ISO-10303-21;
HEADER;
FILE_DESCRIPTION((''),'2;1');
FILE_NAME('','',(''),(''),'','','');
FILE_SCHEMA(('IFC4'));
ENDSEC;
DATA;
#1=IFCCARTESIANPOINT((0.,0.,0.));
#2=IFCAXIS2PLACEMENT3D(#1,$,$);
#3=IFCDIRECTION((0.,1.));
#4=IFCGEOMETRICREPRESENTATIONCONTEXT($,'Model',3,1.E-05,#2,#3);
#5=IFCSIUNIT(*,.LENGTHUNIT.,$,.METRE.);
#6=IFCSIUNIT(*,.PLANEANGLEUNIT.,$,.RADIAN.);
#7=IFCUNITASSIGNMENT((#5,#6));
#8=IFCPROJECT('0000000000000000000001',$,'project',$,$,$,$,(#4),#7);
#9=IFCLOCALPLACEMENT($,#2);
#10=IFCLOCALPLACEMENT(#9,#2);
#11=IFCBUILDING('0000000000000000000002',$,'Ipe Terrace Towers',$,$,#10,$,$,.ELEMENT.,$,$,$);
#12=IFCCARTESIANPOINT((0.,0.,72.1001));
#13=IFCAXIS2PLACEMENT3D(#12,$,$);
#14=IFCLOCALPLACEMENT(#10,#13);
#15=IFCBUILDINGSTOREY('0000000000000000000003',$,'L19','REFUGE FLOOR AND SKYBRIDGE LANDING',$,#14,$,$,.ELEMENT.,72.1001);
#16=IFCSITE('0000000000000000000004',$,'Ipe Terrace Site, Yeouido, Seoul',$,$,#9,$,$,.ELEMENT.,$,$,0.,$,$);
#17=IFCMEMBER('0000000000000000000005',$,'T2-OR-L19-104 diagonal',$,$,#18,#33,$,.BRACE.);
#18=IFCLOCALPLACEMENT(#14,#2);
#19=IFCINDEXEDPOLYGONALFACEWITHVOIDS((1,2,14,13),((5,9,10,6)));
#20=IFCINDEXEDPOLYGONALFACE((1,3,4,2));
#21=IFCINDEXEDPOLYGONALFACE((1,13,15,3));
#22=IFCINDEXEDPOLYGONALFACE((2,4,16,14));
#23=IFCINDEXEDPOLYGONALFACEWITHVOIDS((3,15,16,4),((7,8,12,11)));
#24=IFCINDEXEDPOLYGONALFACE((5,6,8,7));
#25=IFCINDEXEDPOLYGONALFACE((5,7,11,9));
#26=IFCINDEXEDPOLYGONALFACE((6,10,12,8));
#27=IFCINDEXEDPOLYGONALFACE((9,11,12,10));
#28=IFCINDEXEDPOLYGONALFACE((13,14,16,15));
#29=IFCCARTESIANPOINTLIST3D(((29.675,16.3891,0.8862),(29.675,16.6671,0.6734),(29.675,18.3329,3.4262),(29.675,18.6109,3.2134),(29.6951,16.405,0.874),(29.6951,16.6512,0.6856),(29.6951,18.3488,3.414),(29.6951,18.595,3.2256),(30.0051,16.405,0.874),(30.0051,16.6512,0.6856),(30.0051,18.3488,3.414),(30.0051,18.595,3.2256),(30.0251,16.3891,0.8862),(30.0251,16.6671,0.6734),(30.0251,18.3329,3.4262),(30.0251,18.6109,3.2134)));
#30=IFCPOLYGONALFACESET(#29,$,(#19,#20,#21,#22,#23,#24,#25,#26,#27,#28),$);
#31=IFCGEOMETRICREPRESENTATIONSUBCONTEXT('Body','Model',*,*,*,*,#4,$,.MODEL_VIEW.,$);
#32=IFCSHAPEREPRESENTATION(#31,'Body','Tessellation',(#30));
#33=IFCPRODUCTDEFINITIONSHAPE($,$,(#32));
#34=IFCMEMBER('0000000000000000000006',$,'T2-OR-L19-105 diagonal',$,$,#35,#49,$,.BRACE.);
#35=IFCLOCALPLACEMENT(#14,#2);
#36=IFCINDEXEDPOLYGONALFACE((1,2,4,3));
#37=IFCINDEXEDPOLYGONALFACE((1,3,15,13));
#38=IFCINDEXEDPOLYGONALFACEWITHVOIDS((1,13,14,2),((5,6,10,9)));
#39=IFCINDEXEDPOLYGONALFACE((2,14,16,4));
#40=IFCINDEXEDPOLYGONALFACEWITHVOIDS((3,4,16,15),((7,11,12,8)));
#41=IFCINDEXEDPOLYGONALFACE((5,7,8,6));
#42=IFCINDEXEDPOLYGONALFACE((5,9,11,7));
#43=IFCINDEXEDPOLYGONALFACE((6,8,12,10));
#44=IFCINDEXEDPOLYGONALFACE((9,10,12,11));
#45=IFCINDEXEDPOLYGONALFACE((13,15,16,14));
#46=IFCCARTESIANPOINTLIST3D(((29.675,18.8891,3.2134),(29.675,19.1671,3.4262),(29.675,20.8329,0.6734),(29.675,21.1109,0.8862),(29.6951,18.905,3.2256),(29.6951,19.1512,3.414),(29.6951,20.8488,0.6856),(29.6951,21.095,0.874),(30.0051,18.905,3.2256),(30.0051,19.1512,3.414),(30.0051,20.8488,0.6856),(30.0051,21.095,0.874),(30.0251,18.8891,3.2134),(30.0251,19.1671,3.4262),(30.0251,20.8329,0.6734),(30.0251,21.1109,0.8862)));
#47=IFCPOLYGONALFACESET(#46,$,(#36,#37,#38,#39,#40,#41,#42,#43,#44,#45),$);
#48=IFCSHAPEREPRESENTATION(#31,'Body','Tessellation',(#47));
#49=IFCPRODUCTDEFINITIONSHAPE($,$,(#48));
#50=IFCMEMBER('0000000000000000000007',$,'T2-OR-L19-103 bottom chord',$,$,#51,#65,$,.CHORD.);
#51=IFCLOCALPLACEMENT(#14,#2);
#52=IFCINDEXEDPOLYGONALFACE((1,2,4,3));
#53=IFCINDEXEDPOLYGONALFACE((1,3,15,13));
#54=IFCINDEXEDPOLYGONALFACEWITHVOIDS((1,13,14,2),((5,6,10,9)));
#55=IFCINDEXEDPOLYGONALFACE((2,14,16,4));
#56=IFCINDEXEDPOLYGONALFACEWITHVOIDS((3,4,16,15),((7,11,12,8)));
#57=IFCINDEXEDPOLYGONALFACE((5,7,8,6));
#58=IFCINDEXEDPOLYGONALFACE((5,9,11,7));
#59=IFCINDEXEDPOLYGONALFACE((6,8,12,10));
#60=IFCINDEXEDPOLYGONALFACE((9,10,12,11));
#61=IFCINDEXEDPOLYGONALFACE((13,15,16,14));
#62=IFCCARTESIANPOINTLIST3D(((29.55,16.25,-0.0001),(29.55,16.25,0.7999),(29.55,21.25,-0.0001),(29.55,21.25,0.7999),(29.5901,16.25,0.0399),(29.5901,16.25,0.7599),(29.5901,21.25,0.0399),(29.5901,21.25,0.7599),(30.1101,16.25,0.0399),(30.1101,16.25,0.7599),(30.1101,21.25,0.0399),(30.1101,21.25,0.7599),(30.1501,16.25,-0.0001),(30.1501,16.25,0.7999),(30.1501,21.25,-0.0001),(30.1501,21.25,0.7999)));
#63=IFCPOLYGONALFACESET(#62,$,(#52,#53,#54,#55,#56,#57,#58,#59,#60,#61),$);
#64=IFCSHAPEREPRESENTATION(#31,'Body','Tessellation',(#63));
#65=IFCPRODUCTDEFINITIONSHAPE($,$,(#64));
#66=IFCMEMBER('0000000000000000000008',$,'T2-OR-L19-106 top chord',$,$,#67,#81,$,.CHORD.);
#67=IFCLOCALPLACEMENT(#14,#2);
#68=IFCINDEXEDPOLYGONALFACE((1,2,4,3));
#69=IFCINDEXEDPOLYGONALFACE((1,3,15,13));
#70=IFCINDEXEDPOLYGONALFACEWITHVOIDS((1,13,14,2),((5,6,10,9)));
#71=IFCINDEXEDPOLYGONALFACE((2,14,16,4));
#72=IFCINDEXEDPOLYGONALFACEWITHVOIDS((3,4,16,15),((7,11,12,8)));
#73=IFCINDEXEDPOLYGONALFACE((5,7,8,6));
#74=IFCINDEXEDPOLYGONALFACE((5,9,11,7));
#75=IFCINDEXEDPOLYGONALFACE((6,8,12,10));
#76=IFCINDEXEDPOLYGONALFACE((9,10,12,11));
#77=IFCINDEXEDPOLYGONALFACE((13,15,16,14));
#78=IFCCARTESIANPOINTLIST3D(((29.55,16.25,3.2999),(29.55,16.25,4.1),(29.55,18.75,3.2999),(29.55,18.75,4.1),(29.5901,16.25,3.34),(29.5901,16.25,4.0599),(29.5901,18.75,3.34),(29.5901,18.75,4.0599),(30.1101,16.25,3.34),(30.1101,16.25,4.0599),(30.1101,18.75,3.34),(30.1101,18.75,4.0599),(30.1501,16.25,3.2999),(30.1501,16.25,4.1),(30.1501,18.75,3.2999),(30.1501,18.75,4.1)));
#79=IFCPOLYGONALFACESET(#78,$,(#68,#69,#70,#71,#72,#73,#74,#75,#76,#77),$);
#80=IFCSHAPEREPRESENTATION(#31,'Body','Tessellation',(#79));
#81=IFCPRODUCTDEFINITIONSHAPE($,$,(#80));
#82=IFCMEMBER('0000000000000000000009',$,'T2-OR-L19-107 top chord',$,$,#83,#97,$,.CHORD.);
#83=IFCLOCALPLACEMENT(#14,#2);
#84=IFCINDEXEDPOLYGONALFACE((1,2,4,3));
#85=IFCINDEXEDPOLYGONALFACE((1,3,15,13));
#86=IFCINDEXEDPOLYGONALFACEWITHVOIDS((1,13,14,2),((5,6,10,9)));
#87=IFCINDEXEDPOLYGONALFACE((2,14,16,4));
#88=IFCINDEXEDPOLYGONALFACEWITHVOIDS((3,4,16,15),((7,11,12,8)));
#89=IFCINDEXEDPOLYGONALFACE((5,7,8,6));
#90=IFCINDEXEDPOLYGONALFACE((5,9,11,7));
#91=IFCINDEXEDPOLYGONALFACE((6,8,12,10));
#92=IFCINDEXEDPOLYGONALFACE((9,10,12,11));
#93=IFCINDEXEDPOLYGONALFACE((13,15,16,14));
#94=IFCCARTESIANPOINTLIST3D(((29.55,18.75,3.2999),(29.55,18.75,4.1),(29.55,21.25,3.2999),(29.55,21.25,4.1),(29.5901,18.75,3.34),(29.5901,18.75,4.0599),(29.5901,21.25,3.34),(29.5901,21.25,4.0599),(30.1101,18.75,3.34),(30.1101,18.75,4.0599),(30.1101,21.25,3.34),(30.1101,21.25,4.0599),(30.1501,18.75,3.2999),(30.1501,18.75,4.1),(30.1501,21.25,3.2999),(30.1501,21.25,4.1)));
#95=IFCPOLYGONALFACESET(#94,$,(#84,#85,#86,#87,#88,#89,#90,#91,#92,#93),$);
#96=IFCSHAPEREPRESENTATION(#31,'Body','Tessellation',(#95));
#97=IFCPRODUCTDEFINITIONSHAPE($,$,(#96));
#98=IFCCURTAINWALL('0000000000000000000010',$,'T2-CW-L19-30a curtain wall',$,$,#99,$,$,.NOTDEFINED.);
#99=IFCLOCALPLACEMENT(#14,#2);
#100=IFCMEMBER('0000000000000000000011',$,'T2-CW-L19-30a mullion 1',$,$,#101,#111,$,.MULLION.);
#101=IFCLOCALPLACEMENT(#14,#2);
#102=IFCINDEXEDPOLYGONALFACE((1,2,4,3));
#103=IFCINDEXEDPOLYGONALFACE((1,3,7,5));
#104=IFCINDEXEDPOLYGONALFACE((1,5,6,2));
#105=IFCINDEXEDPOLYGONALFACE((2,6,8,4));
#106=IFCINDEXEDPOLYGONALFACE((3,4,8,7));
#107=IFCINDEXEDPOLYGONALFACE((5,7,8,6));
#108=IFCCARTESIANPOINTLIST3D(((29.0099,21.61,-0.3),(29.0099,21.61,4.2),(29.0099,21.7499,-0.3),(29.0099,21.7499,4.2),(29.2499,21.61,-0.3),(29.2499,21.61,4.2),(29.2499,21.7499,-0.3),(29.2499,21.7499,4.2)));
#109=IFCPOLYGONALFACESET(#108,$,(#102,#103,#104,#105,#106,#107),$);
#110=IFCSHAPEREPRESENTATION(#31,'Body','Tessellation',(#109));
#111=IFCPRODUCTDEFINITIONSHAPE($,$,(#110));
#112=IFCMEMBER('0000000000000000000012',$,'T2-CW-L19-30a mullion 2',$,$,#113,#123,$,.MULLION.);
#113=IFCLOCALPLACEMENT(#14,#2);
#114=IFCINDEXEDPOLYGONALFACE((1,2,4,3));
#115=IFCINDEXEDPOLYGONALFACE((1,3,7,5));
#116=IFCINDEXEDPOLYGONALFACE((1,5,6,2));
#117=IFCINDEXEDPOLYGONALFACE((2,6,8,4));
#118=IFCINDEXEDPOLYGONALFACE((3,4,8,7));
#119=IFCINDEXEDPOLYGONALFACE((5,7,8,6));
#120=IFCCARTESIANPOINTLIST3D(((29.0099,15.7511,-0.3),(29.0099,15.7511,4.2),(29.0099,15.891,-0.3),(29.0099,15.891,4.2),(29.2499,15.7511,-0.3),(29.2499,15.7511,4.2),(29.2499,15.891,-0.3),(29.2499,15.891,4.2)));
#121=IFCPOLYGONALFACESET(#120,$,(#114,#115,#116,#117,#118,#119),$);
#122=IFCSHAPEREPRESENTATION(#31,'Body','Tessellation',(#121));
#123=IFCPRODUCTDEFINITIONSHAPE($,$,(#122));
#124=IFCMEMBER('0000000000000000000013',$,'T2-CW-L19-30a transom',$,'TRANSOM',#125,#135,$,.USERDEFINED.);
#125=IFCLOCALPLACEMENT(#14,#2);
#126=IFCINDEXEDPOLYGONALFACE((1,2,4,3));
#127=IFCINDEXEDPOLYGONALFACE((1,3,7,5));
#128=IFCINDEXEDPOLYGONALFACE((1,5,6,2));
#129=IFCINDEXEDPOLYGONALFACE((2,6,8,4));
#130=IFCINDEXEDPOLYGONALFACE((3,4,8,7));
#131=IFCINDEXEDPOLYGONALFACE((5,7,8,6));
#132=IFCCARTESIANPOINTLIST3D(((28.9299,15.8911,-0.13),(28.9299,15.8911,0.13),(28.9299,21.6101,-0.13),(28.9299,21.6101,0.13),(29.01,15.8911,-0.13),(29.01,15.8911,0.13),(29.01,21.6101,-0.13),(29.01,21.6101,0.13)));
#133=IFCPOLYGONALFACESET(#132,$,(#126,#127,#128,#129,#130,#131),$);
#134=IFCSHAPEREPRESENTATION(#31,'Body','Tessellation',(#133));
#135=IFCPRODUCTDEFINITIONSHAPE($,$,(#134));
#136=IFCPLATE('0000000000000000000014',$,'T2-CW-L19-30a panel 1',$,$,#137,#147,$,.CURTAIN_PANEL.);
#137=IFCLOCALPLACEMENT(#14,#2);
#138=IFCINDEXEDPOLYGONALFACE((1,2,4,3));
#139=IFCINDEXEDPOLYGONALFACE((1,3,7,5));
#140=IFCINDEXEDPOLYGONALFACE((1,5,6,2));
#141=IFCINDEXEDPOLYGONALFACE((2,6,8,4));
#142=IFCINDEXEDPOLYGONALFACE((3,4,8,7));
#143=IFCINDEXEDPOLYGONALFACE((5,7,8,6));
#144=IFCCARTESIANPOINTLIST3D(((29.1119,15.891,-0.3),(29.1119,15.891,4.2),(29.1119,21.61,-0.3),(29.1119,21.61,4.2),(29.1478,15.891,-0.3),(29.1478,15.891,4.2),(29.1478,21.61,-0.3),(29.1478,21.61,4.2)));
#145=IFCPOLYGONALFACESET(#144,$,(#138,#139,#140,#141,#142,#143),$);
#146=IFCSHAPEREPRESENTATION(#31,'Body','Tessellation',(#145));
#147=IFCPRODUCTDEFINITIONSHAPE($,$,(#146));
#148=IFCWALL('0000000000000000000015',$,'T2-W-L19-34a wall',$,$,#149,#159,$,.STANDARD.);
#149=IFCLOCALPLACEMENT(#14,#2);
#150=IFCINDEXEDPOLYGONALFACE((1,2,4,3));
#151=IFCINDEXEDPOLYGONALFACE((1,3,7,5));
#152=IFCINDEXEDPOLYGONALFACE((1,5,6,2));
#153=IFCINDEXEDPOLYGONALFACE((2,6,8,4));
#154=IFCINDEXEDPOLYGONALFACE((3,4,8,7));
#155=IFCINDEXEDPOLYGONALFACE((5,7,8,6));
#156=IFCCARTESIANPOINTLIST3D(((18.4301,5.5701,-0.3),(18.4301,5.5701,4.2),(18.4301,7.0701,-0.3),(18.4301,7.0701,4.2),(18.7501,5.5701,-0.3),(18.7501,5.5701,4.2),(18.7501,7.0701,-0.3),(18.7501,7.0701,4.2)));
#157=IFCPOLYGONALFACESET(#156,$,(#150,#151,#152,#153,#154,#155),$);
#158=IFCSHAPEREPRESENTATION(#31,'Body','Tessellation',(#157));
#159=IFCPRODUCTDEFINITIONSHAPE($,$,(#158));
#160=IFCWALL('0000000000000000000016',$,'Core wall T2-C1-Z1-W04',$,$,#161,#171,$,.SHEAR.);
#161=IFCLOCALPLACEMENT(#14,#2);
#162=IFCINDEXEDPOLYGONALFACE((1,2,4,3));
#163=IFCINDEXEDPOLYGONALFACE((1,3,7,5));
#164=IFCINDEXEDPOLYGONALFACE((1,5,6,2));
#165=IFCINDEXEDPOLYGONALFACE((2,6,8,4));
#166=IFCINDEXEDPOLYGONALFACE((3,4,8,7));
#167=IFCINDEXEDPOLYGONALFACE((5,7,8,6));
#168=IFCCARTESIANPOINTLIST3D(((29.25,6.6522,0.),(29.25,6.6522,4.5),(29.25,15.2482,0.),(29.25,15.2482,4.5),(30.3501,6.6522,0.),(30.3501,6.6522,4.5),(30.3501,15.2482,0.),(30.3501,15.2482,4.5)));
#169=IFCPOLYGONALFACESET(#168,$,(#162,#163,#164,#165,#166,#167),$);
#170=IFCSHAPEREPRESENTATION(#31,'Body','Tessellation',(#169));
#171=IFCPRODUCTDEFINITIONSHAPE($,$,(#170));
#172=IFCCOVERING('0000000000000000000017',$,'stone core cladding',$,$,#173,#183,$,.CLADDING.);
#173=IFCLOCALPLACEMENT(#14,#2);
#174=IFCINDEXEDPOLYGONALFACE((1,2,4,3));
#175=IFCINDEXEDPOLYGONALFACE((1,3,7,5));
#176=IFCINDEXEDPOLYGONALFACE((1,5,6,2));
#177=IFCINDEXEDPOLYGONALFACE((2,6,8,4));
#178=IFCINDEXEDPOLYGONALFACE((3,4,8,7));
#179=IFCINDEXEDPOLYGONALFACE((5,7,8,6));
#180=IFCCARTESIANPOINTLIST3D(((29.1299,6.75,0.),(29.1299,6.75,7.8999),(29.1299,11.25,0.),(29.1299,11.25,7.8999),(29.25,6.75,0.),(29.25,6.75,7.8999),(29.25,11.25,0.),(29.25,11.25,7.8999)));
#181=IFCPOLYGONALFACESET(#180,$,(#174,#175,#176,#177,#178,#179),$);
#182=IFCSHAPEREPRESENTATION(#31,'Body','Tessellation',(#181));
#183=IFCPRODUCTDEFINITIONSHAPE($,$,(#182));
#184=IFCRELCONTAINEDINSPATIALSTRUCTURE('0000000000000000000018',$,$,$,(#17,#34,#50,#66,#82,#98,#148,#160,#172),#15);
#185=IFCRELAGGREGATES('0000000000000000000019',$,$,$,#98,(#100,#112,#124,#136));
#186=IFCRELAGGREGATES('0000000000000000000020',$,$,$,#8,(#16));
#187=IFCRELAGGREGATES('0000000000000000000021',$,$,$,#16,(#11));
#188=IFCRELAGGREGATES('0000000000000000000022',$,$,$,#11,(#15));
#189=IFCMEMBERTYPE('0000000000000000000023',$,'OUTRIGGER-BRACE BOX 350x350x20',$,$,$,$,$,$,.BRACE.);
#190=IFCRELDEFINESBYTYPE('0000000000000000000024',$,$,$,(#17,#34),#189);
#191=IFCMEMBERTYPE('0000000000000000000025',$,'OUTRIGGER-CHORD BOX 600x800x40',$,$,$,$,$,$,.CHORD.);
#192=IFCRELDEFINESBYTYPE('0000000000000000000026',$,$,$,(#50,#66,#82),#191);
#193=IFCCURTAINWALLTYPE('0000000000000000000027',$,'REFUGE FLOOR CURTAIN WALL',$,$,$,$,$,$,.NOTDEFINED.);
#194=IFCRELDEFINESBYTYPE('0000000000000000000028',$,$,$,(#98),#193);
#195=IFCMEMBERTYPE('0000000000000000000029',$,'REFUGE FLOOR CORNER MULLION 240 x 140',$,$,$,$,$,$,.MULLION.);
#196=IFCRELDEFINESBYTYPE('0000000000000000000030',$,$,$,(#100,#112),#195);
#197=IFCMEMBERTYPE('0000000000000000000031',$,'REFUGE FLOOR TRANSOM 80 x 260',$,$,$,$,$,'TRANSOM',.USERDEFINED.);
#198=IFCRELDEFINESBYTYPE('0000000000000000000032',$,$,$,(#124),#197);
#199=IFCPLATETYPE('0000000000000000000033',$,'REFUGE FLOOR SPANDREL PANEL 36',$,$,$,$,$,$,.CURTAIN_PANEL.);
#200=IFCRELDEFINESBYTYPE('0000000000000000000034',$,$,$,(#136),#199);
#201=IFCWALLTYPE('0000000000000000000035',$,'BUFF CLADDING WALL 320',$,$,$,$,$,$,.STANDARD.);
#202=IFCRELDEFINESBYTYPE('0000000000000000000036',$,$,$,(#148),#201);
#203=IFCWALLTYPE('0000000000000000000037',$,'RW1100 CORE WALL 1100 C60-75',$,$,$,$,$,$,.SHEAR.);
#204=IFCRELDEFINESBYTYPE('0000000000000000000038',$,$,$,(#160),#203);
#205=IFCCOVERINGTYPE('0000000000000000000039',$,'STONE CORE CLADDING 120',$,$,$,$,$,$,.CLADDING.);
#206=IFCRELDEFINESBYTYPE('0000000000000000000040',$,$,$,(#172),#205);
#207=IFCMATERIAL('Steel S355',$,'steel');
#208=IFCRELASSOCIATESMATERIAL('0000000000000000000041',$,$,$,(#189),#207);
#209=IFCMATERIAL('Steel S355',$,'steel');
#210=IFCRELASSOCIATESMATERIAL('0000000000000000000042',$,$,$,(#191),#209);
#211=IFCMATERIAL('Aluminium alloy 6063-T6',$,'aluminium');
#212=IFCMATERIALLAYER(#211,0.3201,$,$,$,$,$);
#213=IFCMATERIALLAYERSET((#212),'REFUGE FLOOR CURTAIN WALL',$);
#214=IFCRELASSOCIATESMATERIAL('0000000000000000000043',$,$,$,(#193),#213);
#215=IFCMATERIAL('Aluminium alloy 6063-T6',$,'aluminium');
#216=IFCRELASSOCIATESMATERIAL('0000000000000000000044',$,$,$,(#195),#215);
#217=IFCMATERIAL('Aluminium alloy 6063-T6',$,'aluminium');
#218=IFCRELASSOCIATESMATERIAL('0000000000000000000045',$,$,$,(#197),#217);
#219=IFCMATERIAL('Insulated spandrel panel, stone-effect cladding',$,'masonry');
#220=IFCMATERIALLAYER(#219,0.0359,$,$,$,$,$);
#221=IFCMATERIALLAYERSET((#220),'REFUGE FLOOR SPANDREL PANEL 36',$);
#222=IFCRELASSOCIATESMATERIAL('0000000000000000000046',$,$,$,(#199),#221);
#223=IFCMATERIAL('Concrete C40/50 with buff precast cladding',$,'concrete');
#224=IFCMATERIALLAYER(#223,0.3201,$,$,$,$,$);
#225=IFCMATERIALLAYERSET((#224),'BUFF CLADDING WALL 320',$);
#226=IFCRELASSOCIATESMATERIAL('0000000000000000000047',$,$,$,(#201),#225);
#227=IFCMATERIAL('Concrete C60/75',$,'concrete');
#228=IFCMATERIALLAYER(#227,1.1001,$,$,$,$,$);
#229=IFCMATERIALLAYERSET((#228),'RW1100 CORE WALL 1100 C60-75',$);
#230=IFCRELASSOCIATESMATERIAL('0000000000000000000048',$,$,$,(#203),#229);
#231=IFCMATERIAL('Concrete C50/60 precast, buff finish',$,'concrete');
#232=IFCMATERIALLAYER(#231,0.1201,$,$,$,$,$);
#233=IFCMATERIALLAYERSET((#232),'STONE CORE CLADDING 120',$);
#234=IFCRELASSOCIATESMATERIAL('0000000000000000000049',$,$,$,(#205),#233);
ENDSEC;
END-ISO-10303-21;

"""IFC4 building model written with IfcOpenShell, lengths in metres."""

from ifc_helpers import new_model, si_unit, direction, frame, frame_2d, origin, origin_2d, place, context, subcontext, project, spatial, rectangle, hollow_rectangle, extrude, material, layer, layer_set, material_profile, profile_set, type_object, element, aggregate, save


model = new_model("IFC4")

# Units and contexts
model_context = context("Model", 3, precision=1e-05, world=origin(), true_north=direction((0.0, 1.0)))
body_context = subcontext(model_context, "Body", "Model", "MODEL_VIEW")
ifc_project = project(units=[si_unit("LENGTHUNIT", "METRE"), si_unit("PLANEANGLEUNIT", "RADIAN")], contexts=[model_context])

# Site, building, storey
site_placement = place(None, origin())
site = spatial("IfcSite", under=ifc_project, at=site_placement, Name="Ipe Terrace Site, Yeouido, Seoul", CompositionType="ELEMENT", RefElevation=0.0)
building_placement = place(site_placement, origin())
building = spatial("IfcBuilding", under=site, at=building_placement, Name="Ipe Terrace Towers", CompositionType="ELEMENT")
storey_placement = place(building_placement, frame((0.0, 0.0, 72.1001)))
storey = spatial("IfcBuildingStorey", under=building, at=storey_placement, Name="L19", Description="REFUGE FLOOR AND SKYBRIDGE LANDING", CompositionType="ELEMENT", Elevation=72.1001)

# Members
ifc_material_1 = material(Name="Steel S355", Category="steel")
ifc_material_profile_1 = material_profile(ifc_material_1, hollow_rectangle(XDim=0.3501, YDim=0.3501, WallThickness=0.02, at=origin_2d()), Name="OUTRIGGER-BRACE BOX 350x350x20")
ifc_profile_set_1 = profile_set([ifc_material_profile_1], Name="Steel S355")
member_type_1 = type_object("IfcMemberType", Name="OUTRIGGER-BRACE BOX 350x350x20", PredefinedType="BRACE", material=ifc_profile_set_1)
for number, where, z_axis, x_axis, name in (
    (1, (29.8501, 16.5281, 0.7798), (0.0, 0.607739, 0.794137), (-1.0, 0.0, 0.0), "T2-OR-L19-104 diagonal"),
    (2, (29.8501, 20.9719, 0.7798), (0.0, -0.607739, 0.794137), (1.0, 0.0, 0.0), "T2-OR-L19-105 diagonal"),
):
    element("IfcMember", number, at=place(storey_placement, frame(where, z_axis=z_axis, x_axis=x_axis)), inside=storey, type_object=member_type_1, Name=name, PredefinedType="BRACE", context=body_context, shape_type="SweptSolid", body=[
        extrude(hollow_rectangle(XDim=0.3501, YDim=0.3501, WallThickness=0.02, at=origin_2d()), origin(), (0.0, 0.0, 1.0), 3.1985),
    ])
ifc_material_2 = material(Name="Steel S355", Category="steel")
ifc_material_profile_2 = material_profile(ifc_material_2, hollow_rectangle(XDim=0.6001, YDim=0.8, WallThickness=0.04, at=origin_2d()), Name="OUTRIGGER-CHORD BOX 600x800x40")
ifc_profile_set_2 = profile_set([ifc_material_profile_2], Name="Steel S355")
member_type_2 = type_object("IfcMemberType", Name="OUTRIGGER-CHORD BOX 600x800x40", PredefinedType="CHORD", material=ifc_profile_set_2)
member_1_placement = place(storey_placement, frame((29.8501, 16.25, 0.3999), z_axis=(0.0, 1.0, 0.0), x_axis=(-1.0, 0.0, 0.0)))
element("IfcMember", 3, at=member_1_placement, inside=storey, type_object=member_type_2, Name="T2-OR-L19-103 bottom chord", PredefinedType="CHORD", context=body_context, shape_type="SweptSolid", body=[
    extrude(hollow_rectangle(XDim=0.6001, YDim=0.8, WallThickness=0.04, at=origin_2d()), origin(), (0.0, 0.0, 1.0), 5.0),
])
for number, where, z_axis, x_axis, name in (
    (4, (29.8501, 16.25, 3.7), (0.0, 1.0, 0.0), (-1.0, 0.0, 0.0), "T2-OR-L19-106 top chord"),
    (5, (29.8501, 18.75, 3.7), (0.0, 1.0, 0.0), (-1.0, 0.0, 0.0), "T2-OR-L19-107 top chord"),
):
    element("IfcMember", number, at=place(storey_placement, frame(where, z_axis=z_axis, x_axis=x_axis)), inside=storey, type_object=member_type_2, Name=name, PredefinedType="CHORD", context=body_context, shape_type="SweptSolid", body=[
        extrude(hollow_rectangle(XDim=0.6001, YDim=0.8, WallThickness=0.04, at=origin_2d()), origin(), (0.0, 0.0, 1.0), 2.5),
    ])

# Curtain wall, members, plate
ifc_material_3 = material(Name="Aluminium alloy 6063-T6", Category="aluminium")
ifc_layer_1 = layer(ifc_material_3, 0.3201)
ifc_layer_set_1 = layer_set([ifc_layer_1], Name="REFUGE FLOOR CURTAIN WALL")
curtain_wall_type = type_object("IfcCurtainWallType", Name="REFUGE FLOOR CURTAIN WALL", PredefinedType="NOTDEFINED", material=ifc_layer_set_1)
curtain_wall_placement = place(storey_placement, origin())
curtain_wall = element("IfcCurtainWall", 6, at=curtain_wall_placement, inside=storey, type_object=curtain_wall_type, Name="T2-CW-L19-30a curtain wall", PredefinedType="NOTDEFINED")
ifc_material_4 = material(Name="Aluminium alloy 6063-T6", Category="aluminium")
ifc_material_profile_3 = material_profile(ifc_material_4, rectangle(XDim=0.24, YDim=0.1399, at=origin_2d()), Name="REFUGE FLOOR CORNER MULLION 240 x 140")
ifc_profile_set_3 = profile_set([ifc_material_profile_3], Name="Aluminium alloy 6063-T6")
member_type_3 = type_object("IfcMemberType", Name="REFUGE FLOOR CORNER MULLION 240 x 140", PredefinedType="MULLION", material=ifc_profile_set_3)
member_2_placement = place(storey_placement, frame((29.1299, 21.6799, -0.3), z_axis=(0.0, 0.0, 1.0), x_axis=(-1.0, 0.0, 0.0)))
member_2 = element("IfcMember", 7, at=member_2_placement, type_object=member_type_3, Name="T2-CW-L19-30a mullion 1", PredefinedType="MULLION", context=body_context, shape_type="SweptSolid", body=[
    extrude(rectangle(XDim=0.24, YDim=0.1399, at=origin_2d()), origin(), (0.0, 0.0, 1.0), 4.5),
])
member_3_placement = place(storey_placement, frame((29.1299, 15.821, -0.3), z_axis=(0.0, 0.0, 1.0), x_axis=(-1.0, 0.0, 0.0)))
member_3 = element("IfcMember", 8, at=member_3_placement, type_object=member_type_3, Name="T2-CW-L19-30a mullion 2", PredefinedType="MULLION", context=body_context, shape_type="SweptSolid", body=[
    extrude(rectangle(XDim=0.24, YDim=0.1399, at=origin_2d()), origin(), (0.0, 0.0, 1.0), 4.5),
])
ifc_material_5 = material(Name="Aluminium alloy 6063-T6", Category="aluminium")
ifc_material_profile_4 = material_profile(ifc_material_5, rectangle(XDim=0.0801, YDim=0.26, at=origin_2d()), Name="REFUGE FLOOR TRANSOM 80 x 260")
ifc_profile_set_4 = profile_set([ifc_material_profile_4], Name="Aluminium alloy 6063-T6")
member_type_4 = type_object("IfcMemberType", Name="REFUGE FLOOR TRANSOM 80 x 260", ElementType="TRANSOM", PredefinedType="USERDEFINED", material=ifc_profile_set_4)
member_4_placement = place(storey_placement, frame((28.97, 21.6101, 0.0), z_axis=(0.0, -1.0, 0.0), x_axis=(-1.0, 0.0, 0.0)))
member_4 = element("IfcMember", 9, at=member_4_placement, type_object=member_type_4, Name="T2-CW-L19-30a transom", ObjectType="TRANSOM", PredefinedType="USERDEFINED", context=body_context, shape_type="SweptSolid", body=[
    extrude(rectangle(XDim=0.0801, YDim=0.26, at=origin_2d()), origin(), (0.0, 0.0, 1.0), 5.719),
])
ifc_material_6 = material(Name="Insulated spandrel panel, stone-effect cladding", Category="masonry")
ifc_layer_2 = layer(ifc_material_6, 0.0359)
ifc_layer_set_2 = layer_set([ifc_layer_2], Name="REFUGE FLOOR SPANDREL PANEL 36")
plate_type = type_object("IfcPlateType", Name="REFUGE FLOOR SPANDREL PANEL 36", PredefinedType="CURTAIN_PANEL", material=ifc_layer_set_2)
plate_placement = place(storey_placement, frame((29.1299, 18.7505, -0.3), z_axis=(0.0, 0.0, 1.0), x_axis=(0.0, -1.0, 0.0)))
plate = element("IfcPlate", 10, at=plate_placement, type_object=plate_type, Name="T2-CW-L19-30a panel 1", PredefinedType="CURTAIN_PANEL", context=body_context, shape_type="SweptSolid", body=[
    extrude(rectangle(XDim=5.719, YDim=0.0359, at=origin_2d()), origin(), (0.0, 0.0, 1.0), 4.5),
])
aggregate(curtain_wall, [member_2, member_3, member_4, plate])

# Walls
ifc_material_7 = material(Name="Concrete C40/50 with buff precast cladding", Category="concrete")
ifc_layer_3 = layer(ifc_material_7, 0.3201)
ifc_layer_set_3 = layer_set([ifc_layer_3], Name="BUFF CLADDING WALL 320")
wall_type_1 = type_object("IfcWallType", Name="BUFF CLADDING WALL 320", PredefinedType="STANDARD", material=ifc_layer_set_3)
wall_1_placement = place(storey_placement, frame((18.5901, 7.0701, -0.3), z_axis=(0.0, 0.0, 1.0), x_axis=(0.0, -1.0, 0.0)))
element("IfcWall", 11, at=wall_1_placement, inside=storey, type_object=wall_type_1, Name="T2-W-L19-34a wall", PredefinedType="STANDARD", context=body_context, shape_type="SweptSolid", body=[
    extrude(rectangle(XDim=1.5, YDim=0.3201, at=frame_2d((0.75, 0.0))), origin(), (0.0, 0.0, 1.0), 4.5),
])
ifc_material_8 = material(Name="Concrete C60/75", Category="concrete")
ifc_layer_4 = layer(ifc_material_8, 1.1001)
ifc_layer_set_4 = layer_set([ifc_layer_4], Name="RW1100 CORE WALL 1100 C60-75")
wall_type_2 = type_object("IfcWallType", Name="RW1100 CORE WALL 1100 C60-75", PredefinedType="SHEAR", material=ifc_layer_set_4)
wall_2_placement = place(storey_placement, frame((29.8, 15.248, 0.0), z_axis=(0.0, 0.0, 1.0), x_axis=(0.0, -1.0, 0.0)))
element("IfcWall", 12, at=wall_2_placement, inside=storey, type_object=wall_type_2, Name="Core wall T2-C1-Z1-W04", PredefinedType="SHEAR", context=body_context, shape_type="SweptSolid", body=[
    extrude(rectangle(XDim=8.5959, YDim=1.1001, at=frame_2d((4.2979, 0.0))), origin(), (0.0, 0.0, 1.0), 4.5),
])

# Covering
ifc_material_9 = material(Name="Concrete C50/60 precast, buff finish", Category="concrete")
ifc_layer_5 = layer(ifc_material_9, 0.1201)
ifc_layer_set_5 = layer_set([ifc_layer_5], Name="STONE CORE CLADDING 120")
covering_type_1 = type_object("IfcCoveringType", Name="STONE CORE CLADDING 120", PredefinedType="CLADDING", material=ifc_layer_set_5)
covering_1_placement = place(storey_placement, frame((29.1899, 9.0, 0.0), z_axis=(0.0, 0.0, 1.0), x_axis=(0.0, -1.0, 0.0)))
element("IfcCovering", 13, at=covering_1_placement, inside=storey, type_object=covering_type_1, Name="stone core cladding", PredefinedType="CLADDING", context=body_context, shape_type="SweptSolid", body=[
    extrude(rectangle(XDim=4.5, YDim=0.1201, at=origin_2d()), origin(), (0.0, 0.0, 1.0), 7.8999),
])

save(model, "model.ifc")
